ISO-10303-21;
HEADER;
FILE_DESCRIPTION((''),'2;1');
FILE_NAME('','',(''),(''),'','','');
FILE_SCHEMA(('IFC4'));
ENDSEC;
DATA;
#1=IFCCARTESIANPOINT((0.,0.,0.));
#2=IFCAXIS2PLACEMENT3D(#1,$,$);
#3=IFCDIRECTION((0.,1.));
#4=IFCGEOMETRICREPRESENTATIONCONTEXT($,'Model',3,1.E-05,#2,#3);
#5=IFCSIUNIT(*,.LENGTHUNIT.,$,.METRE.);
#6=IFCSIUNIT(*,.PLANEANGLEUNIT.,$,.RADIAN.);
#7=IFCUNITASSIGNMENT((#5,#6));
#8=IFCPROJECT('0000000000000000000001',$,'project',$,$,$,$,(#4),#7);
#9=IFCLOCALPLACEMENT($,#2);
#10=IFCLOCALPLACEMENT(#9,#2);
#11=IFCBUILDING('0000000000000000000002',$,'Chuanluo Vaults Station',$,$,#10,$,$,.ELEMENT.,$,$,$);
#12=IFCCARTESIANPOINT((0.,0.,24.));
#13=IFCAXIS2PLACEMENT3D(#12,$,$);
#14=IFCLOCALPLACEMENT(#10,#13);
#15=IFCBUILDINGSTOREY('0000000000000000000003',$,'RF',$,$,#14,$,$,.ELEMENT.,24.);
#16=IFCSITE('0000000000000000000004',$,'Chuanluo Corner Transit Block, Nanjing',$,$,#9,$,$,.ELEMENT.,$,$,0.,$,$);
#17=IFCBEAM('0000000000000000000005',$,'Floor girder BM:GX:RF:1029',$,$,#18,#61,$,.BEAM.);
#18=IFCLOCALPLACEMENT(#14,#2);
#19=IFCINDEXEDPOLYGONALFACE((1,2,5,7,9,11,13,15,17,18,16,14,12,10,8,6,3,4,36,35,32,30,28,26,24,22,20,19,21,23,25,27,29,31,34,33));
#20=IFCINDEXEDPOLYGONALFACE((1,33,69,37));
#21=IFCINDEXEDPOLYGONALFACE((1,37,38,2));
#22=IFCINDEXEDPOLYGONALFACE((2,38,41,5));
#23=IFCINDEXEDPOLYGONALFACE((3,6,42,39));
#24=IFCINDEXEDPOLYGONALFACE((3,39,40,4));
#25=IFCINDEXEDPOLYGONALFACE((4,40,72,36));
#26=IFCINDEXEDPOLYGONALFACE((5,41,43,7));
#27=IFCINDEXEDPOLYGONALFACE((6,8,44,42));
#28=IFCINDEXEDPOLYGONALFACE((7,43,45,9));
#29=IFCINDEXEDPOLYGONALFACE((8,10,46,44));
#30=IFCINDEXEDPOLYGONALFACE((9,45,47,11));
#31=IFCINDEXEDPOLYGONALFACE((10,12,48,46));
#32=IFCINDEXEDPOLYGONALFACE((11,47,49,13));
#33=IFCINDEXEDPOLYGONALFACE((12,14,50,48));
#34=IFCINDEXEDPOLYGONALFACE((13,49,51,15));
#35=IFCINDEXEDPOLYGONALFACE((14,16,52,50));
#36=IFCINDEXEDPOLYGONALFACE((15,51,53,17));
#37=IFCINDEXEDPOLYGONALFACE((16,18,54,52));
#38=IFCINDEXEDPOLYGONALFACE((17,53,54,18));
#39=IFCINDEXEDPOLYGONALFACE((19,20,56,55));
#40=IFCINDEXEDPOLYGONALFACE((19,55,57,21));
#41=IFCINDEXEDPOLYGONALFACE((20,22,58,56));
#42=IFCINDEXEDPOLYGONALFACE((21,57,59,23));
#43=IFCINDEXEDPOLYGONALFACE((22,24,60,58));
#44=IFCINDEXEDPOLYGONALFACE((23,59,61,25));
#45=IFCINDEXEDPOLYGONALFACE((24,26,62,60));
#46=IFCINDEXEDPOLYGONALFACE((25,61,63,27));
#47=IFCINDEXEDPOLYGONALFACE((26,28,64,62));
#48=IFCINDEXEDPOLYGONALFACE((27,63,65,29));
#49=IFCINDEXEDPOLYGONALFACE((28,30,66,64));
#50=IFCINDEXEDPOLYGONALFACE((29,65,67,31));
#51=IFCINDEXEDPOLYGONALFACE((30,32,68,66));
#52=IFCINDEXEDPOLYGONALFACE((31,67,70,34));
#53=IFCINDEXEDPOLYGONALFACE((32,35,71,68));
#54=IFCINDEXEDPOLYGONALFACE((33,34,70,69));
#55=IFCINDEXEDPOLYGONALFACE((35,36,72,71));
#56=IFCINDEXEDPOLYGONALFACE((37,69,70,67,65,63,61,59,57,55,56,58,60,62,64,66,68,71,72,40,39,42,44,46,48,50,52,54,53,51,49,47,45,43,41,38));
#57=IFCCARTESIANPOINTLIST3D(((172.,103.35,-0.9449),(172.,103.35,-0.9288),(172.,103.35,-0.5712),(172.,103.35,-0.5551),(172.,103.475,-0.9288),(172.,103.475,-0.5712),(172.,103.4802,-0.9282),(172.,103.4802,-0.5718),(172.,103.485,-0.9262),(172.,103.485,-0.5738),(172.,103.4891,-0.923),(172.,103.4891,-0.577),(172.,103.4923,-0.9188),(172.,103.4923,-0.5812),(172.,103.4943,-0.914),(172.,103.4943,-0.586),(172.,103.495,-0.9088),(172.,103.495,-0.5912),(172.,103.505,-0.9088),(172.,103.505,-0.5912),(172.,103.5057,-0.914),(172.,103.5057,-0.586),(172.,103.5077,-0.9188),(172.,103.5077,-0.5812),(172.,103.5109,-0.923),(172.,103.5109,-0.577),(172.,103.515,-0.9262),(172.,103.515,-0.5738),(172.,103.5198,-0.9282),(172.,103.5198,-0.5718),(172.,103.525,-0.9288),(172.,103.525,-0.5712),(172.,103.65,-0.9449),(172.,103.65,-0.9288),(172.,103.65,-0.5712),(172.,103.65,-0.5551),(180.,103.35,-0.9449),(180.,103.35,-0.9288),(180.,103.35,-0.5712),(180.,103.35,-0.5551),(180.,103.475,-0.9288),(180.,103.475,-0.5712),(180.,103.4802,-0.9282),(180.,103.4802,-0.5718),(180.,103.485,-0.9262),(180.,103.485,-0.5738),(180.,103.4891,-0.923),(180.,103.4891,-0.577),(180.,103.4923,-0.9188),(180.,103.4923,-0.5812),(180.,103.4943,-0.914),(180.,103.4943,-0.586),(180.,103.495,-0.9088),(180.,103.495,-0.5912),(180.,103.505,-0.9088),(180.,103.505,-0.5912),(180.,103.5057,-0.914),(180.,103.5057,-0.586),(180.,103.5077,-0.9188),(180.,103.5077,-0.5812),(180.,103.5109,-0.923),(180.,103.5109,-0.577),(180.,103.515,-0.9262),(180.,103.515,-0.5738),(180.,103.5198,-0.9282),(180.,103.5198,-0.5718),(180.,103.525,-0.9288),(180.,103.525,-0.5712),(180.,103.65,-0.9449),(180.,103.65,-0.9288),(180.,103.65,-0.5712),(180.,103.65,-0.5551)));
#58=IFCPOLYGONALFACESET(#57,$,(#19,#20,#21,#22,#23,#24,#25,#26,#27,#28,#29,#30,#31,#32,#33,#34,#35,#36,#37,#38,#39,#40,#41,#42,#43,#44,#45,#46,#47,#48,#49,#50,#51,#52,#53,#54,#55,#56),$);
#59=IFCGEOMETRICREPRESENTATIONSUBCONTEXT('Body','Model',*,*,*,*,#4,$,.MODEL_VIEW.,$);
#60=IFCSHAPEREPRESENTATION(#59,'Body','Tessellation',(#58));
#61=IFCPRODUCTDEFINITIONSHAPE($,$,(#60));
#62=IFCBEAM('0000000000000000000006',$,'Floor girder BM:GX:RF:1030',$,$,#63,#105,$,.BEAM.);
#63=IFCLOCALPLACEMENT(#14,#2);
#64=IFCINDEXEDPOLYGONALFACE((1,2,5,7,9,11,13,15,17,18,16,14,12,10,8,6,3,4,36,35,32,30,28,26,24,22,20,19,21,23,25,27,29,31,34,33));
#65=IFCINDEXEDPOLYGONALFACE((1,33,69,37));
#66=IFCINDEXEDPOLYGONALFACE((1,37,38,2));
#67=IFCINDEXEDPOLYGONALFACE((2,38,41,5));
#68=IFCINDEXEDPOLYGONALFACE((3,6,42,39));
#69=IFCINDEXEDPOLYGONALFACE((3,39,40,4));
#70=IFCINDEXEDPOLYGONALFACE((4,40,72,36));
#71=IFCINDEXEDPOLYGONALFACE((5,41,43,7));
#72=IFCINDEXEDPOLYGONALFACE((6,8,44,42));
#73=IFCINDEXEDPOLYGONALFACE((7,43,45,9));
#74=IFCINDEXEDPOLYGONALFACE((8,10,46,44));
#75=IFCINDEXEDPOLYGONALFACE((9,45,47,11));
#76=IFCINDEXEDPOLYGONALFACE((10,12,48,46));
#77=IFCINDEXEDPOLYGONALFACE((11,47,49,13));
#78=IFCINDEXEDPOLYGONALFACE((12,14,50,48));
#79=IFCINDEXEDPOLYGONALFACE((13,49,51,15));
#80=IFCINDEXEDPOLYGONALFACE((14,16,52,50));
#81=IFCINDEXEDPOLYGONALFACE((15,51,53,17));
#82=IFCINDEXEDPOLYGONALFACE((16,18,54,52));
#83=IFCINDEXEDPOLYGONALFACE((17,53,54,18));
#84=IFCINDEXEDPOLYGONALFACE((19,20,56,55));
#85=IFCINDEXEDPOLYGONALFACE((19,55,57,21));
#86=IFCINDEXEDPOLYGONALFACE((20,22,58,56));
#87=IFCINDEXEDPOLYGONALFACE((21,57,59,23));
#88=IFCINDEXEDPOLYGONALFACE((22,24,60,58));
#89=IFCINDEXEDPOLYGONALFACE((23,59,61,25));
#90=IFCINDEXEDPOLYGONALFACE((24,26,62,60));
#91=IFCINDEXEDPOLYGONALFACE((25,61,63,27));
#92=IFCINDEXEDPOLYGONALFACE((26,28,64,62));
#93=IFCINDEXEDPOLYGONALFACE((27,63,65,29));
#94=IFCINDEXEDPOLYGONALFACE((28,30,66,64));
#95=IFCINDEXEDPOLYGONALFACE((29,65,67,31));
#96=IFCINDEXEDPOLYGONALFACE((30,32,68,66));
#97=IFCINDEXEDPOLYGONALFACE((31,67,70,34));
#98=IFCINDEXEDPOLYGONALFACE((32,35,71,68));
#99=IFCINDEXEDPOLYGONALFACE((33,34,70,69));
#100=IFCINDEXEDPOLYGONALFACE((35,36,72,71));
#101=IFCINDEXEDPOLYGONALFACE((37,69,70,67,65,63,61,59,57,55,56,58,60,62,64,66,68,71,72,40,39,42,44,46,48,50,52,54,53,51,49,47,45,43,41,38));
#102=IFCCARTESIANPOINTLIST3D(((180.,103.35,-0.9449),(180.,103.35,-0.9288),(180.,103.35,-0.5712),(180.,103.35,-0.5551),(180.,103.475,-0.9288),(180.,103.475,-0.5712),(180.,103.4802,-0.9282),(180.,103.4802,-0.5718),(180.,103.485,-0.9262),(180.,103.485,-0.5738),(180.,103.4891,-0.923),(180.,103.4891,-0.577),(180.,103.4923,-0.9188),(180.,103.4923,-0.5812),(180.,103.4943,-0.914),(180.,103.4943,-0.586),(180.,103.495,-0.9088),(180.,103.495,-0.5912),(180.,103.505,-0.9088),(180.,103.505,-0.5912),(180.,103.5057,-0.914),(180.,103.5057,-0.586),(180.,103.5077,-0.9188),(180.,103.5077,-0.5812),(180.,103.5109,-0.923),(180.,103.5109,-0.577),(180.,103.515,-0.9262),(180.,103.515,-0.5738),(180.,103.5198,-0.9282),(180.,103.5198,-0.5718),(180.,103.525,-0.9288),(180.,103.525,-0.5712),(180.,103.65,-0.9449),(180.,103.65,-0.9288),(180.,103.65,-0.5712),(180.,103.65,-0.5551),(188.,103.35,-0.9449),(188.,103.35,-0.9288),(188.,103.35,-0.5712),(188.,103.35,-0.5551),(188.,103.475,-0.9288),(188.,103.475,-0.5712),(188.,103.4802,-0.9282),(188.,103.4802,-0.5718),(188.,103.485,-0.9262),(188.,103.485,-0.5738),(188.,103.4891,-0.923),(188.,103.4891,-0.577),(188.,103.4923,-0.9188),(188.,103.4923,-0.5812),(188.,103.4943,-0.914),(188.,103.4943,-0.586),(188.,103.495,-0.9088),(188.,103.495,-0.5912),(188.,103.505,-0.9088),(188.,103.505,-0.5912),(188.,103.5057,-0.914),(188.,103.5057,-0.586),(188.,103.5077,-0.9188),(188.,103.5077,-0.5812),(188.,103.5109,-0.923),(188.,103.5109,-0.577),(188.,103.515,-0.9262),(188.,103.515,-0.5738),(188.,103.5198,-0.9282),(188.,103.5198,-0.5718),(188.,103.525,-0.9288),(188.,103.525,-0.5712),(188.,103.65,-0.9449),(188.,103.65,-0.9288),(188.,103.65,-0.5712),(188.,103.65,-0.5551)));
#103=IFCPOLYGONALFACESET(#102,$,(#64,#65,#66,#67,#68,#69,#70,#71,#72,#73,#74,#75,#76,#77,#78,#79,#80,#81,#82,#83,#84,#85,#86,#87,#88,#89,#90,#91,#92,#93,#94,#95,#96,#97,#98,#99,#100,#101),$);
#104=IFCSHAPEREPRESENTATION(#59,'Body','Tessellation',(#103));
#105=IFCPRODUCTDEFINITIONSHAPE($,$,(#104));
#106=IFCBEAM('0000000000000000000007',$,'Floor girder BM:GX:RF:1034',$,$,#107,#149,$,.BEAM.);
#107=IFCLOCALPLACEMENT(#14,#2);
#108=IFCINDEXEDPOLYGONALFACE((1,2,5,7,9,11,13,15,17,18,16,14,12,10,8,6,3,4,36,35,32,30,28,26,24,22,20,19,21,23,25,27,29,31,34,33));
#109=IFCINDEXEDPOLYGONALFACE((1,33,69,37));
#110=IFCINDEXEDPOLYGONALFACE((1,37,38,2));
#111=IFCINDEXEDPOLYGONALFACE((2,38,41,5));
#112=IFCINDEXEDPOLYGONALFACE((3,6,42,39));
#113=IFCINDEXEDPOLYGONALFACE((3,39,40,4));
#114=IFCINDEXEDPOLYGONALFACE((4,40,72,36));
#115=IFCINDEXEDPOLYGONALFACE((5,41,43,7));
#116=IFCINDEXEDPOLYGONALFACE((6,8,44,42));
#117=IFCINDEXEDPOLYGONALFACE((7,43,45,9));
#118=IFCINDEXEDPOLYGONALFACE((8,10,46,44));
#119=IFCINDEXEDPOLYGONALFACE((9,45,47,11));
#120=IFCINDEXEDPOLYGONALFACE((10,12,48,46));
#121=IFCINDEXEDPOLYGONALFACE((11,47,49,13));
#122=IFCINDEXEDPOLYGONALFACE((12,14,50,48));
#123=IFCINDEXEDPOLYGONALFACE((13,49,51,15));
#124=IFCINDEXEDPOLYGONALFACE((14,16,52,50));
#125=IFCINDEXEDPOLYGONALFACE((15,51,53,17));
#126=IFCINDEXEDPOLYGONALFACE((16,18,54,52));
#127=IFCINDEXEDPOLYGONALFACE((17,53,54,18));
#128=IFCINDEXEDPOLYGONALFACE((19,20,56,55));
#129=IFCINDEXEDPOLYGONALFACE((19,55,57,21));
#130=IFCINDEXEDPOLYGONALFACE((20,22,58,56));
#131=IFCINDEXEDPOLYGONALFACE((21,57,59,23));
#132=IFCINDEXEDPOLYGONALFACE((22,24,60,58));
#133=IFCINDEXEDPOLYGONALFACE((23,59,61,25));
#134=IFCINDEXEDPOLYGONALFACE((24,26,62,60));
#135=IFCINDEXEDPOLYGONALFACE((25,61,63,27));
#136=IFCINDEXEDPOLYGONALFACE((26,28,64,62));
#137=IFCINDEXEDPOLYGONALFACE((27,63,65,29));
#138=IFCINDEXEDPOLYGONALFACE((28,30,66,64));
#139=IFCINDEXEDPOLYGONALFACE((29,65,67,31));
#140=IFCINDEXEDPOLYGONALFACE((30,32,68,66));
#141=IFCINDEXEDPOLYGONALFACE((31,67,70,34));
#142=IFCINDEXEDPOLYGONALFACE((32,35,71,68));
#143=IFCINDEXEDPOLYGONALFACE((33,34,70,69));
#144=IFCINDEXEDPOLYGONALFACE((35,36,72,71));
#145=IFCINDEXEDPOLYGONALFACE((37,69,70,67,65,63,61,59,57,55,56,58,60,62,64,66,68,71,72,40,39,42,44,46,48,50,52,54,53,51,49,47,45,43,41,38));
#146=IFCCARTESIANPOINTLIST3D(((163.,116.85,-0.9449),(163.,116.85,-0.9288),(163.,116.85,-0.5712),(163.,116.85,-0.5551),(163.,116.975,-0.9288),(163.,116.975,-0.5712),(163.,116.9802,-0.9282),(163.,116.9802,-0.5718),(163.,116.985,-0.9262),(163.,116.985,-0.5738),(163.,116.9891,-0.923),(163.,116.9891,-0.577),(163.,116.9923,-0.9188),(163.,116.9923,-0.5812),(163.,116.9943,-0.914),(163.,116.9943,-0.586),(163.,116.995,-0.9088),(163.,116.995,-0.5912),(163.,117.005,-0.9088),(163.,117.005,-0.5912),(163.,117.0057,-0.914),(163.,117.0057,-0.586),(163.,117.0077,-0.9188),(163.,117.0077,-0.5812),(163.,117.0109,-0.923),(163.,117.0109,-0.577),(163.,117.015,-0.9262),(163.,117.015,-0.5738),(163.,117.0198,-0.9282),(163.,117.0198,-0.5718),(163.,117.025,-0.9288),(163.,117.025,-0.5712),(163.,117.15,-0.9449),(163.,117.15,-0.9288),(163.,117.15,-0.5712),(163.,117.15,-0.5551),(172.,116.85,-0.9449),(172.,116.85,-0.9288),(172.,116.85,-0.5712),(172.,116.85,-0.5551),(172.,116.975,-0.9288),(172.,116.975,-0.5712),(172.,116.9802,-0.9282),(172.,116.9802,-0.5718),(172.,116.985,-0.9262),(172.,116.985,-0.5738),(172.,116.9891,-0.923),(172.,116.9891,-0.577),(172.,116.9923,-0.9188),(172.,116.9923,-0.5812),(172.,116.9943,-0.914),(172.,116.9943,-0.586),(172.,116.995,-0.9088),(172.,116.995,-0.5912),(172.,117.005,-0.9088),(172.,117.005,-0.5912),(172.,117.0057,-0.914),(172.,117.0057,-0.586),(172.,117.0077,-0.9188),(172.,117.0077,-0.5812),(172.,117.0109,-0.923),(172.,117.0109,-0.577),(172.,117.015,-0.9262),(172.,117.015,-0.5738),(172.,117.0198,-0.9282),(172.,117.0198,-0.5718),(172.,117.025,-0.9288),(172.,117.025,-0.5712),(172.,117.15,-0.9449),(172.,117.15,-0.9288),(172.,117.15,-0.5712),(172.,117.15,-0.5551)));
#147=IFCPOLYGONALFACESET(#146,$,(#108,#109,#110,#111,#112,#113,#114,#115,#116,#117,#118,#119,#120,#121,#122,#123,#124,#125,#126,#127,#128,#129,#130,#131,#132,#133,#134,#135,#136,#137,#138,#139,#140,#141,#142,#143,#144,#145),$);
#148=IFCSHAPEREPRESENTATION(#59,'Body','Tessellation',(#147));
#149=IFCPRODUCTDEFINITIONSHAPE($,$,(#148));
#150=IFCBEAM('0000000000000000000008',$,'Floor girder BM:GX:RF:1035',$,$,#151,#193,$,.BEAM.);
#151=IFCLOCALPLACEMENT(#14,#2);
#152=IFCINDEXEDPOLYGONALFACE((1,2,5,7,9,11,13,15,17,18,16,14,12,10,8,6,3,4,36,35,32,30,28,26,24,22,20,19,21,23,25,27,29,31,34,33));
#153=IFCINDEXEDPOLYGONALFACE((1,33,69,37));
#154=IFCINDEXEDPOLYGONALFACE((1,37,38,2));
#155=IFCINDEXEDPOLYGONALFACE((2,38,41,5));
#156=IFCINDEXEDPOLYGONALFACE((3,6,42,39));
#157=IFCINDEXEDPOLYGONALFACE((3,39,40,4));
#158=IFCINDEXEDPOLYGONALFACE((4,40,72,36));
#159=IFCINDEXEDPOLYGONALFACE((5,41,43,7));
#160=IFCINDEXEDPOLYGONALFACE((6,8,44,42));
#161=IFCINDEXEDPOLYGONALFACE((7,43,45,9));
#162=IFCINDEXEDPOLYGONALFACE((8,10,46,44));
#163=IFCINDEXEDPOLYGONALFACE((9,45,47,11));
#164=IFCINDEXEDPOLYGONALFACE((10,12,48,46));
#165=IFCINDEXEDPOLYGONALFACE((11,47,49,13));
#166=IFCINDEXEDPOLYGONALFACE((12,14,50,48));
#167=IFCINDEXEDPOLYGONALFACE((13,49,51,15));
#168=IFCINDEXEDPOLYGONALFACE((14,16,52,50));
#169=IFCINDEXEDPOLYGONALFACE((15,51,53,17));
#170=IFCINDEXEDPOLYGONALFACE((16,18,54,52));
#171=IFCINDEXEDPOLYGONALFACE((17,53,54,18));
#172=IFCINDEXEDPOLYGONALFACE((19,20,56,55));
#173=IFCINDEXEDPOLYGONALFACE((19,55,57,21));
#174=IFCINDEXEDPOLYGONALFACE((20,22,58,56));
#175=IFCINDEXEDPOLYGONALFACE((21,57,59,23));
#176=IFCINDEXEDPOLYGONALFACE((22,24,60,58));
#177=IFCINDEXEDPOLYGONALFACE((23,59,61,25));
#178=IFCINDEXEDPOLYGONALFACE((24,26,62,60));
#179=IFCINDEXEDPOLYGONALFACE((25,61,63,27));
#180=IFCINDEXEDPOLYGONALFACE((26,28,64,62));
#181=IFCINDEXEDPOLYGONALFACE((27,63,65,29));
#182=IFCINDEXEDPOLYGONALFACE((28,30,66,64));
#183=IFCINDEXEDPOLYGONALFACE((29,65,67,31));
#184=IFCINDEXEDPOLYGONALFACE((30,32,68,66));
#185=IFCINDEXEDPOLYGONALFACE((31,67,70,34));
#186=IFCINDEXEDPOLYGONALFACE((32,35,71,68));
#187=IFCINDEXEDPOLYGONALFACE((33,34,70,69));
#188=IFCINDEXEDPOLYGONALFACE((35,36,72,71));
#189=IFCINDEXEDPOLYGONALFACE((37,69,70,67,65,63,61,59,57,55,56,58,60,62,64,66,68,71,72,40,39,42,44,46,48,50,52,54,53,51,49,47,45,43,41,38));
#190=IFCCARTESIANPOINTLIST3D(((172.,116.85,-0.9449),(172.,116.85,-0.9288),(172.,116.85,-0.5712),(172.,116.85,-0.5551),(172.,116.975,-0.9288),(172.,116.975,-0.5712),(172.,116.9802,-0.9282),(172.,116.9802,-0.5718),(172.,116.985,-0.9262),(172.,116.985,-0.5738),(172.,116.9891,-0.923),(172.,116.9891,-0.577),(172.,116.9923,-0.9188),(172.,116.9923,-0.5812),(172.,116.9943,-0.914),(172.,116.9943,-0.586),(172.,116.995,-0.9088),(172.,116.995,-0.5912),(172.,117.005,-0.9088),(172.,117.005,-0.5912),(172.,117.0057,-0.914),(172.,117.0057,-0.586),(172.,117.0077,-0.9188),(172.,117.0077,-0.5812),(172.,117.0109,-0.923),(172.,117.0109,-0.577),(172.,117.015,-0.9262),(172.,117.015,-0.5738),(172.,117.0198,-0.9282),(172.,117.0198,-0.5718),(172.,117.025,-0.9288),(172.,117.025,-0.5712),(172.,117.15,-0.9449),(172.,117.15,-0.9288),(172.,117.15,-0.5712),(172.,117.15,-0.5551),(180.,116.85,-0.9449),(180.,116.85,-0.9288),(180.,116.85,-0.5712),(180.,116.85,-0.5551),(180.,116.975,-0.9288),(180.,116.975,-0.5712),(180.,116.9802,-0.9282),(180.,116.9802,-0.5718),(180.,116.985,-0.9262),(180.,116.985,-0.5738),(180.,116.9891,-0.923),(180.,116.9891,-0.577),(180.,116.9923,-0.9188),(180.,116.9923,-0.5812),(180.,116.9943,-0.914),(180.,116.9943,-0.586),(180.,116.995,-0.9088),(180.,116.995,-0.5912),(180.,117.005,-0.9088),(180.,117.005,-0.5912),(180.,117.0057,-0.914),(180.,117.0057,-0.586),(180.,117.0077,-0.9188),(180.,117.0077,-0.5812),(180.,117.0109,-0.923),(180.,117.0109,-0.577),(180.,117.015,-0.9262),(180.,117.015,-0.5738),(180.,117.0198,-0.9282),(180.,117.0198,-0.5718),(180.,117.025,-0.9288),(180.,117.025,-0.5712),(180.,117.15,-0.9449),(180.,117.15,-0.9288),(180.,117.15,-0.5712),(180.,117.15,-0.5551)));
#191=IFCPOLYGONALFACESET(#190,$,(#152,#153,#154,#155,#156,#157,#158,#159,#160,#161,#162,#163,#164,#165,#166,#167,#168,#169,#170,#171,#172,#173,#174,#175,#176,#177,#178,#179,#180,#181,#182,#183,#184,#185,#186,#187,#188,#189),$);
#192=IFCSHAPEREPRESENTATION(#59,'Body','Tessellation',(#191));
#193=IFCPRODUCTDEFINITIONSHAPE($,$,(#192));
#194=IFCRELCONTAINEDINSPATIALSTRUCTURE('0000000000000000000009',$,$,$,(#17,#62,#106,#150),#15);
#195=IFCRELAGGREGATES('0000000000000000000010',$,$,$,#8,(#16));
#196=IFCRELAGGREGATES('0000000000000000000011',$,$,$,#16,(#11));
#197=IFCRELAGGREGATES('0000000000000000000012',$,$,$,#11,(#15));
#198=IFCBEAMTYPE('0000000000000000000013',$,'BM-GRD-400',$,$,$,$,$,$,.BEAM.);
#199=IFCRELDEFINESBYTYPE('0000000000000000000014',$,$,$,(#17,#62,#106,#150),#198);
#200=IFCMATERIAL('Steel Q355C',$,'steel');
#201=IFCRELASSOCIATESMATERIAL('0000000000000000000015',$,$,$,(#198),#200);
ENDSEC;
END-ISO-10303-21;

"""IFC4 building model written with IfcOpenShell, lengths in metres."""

from ifc_helpers import new_model, si_unit, direction, frame, origin, origin_2d, place, context, subcontext, project, spatial, i_section, extrude, material, material_profile, profile_set, type_object, element, save


model = new_model("IFC4")

# Units and contexts
model_context = context("Model", 3, precision=1e-05, world=origin(), true_north=direction((0.0, 1.0)))
body_context = subcontext(model_context, "Body", "Model", "MODEL_VIEW")
ifc_project = project(units=[si_unit("LENGTHUNIT", "METRE"), si_unit("PLANEANGLEUNIT", "RADIAN")], contexts=[model_context])

# Site, building, storey
site_placement = place(None, origin())
site = spatial("IfcSite", under=ifc_project, at=site_placement, Name="Chuanluo Corner Transit Block, Nanjing", CompositionType="ELEMENT", RefElevation=0.0)
building_placement = place(site_placement, origin())
building = spatial("IfcBuilding", under=site, at=building_placement, Name="Chuanluo Vaults Station", CompositionType="ELEMENT")
storey_placement = place(building_placement, frame((0.0, 0.0, 24.0)))
storey = spatial("IfcBuildingStorey", under=building, at=storey_placement, Name="RF", CompositionType="ELEMENT", Elevation=24.0)

# Beams
ifc_material_1 = material(Name="Steel Q355C", Category="steel")
ifc_material_profile_1 = material_profile(ifc_material_1, i_section(OverallWidth=0.3, OverallDepth=0.3899, WebThickness=0.01, FlangeThickness=0.0161, FilletRadius=0.02, at=origin_2d()))
ifc_profile_set_1 = profile_set([ifc_material_profile_1], Name="Steel Q355C")
beam_type_1 = type_object("IfcBeamType", Name="BM-GRD-400", PredefinedType="BEAM", material=ifc_profile_set_1)
for number, where, z_axis, x_axis, name in (
    (1, (172.0, 103.5, -0.75), (1.0, 0.0, 0.0), (0.0, 1.0, 0.0), "Floor girder BM:GX:RF:1029"),
    (2, (180.0, 103.5, -0.75), (1.0, 0.0, 0.0), (0.0, 1.0, 0.0), "Floor girder BM:GX:RF:1030"),
):
    element("IfcBeam", number, at=place(storey_placement, frame(where, z_axis=z_axis, x_axis=x_axis)), inside=storey, type_object=beam_type_1, Name=name, PredefinedType="BEAM", context=body_context, shape_type="SweptSolid", body=[
        extrude(i_section(OverallWidth=0.3, OverallDepth=0.3899, WebThickness=0.01, FlangeThickness=0.0161, FilletRadius=0.02, at=origin_2d()), origin(), (0.0, 0.0, 1.0), 8.0),
    ])
beam_placement = place(storey_placement, frame((163.0, 117.0, -0.75), z_axis=(1.0, 0.0, 0.0), x_axis=(0.0, 1.0, 0.0)))
element("IfcBeam", 3, at=beam_placement, inside=storey, type_object=beam_type_1, Name="Floor girder BM:GX:RF:1034", PredefinedType="BEAM", context=body_context, shape_type="SweptSolid", body=[
    extrude(i_section(OverallWidth=0.3, OverallDepth=0.3899, WebThickness=0.01, FlangeThickness=0.0161, FilletRadius=0.02, at=origin_2d()), origin(), (0.0, 0.0, 1.0), 9.0),
])
for number, where, z_axis, x_axis, name in (
    (4, (172.0, 117.0, -0.75), (1.0, 0.0, 0.0), (0.0, 1.0, 0.0), "Floor girder BM:GX:RF:1035"),
):
    element("IfcBeam", number, at=place(storey_placement, frame(where, z_axis=z_axis, x_axis=x_axis)), inside=storey, type_object=beam_type_1, Name=name, PredefinedType="BEAM", context=body_context, shape_type="SweptSolid", body=[
        extrude(i_section(OverallWidth=0.3, OverallDepth=0.3899, WebThickness=0.01, FlangeThickness=0.0161, FilletRadius=0.02, at=origin_2d()), origin(), (0.0, 0.0, 1.0), 8.0),
    ])

save(model, "model.ifc")
